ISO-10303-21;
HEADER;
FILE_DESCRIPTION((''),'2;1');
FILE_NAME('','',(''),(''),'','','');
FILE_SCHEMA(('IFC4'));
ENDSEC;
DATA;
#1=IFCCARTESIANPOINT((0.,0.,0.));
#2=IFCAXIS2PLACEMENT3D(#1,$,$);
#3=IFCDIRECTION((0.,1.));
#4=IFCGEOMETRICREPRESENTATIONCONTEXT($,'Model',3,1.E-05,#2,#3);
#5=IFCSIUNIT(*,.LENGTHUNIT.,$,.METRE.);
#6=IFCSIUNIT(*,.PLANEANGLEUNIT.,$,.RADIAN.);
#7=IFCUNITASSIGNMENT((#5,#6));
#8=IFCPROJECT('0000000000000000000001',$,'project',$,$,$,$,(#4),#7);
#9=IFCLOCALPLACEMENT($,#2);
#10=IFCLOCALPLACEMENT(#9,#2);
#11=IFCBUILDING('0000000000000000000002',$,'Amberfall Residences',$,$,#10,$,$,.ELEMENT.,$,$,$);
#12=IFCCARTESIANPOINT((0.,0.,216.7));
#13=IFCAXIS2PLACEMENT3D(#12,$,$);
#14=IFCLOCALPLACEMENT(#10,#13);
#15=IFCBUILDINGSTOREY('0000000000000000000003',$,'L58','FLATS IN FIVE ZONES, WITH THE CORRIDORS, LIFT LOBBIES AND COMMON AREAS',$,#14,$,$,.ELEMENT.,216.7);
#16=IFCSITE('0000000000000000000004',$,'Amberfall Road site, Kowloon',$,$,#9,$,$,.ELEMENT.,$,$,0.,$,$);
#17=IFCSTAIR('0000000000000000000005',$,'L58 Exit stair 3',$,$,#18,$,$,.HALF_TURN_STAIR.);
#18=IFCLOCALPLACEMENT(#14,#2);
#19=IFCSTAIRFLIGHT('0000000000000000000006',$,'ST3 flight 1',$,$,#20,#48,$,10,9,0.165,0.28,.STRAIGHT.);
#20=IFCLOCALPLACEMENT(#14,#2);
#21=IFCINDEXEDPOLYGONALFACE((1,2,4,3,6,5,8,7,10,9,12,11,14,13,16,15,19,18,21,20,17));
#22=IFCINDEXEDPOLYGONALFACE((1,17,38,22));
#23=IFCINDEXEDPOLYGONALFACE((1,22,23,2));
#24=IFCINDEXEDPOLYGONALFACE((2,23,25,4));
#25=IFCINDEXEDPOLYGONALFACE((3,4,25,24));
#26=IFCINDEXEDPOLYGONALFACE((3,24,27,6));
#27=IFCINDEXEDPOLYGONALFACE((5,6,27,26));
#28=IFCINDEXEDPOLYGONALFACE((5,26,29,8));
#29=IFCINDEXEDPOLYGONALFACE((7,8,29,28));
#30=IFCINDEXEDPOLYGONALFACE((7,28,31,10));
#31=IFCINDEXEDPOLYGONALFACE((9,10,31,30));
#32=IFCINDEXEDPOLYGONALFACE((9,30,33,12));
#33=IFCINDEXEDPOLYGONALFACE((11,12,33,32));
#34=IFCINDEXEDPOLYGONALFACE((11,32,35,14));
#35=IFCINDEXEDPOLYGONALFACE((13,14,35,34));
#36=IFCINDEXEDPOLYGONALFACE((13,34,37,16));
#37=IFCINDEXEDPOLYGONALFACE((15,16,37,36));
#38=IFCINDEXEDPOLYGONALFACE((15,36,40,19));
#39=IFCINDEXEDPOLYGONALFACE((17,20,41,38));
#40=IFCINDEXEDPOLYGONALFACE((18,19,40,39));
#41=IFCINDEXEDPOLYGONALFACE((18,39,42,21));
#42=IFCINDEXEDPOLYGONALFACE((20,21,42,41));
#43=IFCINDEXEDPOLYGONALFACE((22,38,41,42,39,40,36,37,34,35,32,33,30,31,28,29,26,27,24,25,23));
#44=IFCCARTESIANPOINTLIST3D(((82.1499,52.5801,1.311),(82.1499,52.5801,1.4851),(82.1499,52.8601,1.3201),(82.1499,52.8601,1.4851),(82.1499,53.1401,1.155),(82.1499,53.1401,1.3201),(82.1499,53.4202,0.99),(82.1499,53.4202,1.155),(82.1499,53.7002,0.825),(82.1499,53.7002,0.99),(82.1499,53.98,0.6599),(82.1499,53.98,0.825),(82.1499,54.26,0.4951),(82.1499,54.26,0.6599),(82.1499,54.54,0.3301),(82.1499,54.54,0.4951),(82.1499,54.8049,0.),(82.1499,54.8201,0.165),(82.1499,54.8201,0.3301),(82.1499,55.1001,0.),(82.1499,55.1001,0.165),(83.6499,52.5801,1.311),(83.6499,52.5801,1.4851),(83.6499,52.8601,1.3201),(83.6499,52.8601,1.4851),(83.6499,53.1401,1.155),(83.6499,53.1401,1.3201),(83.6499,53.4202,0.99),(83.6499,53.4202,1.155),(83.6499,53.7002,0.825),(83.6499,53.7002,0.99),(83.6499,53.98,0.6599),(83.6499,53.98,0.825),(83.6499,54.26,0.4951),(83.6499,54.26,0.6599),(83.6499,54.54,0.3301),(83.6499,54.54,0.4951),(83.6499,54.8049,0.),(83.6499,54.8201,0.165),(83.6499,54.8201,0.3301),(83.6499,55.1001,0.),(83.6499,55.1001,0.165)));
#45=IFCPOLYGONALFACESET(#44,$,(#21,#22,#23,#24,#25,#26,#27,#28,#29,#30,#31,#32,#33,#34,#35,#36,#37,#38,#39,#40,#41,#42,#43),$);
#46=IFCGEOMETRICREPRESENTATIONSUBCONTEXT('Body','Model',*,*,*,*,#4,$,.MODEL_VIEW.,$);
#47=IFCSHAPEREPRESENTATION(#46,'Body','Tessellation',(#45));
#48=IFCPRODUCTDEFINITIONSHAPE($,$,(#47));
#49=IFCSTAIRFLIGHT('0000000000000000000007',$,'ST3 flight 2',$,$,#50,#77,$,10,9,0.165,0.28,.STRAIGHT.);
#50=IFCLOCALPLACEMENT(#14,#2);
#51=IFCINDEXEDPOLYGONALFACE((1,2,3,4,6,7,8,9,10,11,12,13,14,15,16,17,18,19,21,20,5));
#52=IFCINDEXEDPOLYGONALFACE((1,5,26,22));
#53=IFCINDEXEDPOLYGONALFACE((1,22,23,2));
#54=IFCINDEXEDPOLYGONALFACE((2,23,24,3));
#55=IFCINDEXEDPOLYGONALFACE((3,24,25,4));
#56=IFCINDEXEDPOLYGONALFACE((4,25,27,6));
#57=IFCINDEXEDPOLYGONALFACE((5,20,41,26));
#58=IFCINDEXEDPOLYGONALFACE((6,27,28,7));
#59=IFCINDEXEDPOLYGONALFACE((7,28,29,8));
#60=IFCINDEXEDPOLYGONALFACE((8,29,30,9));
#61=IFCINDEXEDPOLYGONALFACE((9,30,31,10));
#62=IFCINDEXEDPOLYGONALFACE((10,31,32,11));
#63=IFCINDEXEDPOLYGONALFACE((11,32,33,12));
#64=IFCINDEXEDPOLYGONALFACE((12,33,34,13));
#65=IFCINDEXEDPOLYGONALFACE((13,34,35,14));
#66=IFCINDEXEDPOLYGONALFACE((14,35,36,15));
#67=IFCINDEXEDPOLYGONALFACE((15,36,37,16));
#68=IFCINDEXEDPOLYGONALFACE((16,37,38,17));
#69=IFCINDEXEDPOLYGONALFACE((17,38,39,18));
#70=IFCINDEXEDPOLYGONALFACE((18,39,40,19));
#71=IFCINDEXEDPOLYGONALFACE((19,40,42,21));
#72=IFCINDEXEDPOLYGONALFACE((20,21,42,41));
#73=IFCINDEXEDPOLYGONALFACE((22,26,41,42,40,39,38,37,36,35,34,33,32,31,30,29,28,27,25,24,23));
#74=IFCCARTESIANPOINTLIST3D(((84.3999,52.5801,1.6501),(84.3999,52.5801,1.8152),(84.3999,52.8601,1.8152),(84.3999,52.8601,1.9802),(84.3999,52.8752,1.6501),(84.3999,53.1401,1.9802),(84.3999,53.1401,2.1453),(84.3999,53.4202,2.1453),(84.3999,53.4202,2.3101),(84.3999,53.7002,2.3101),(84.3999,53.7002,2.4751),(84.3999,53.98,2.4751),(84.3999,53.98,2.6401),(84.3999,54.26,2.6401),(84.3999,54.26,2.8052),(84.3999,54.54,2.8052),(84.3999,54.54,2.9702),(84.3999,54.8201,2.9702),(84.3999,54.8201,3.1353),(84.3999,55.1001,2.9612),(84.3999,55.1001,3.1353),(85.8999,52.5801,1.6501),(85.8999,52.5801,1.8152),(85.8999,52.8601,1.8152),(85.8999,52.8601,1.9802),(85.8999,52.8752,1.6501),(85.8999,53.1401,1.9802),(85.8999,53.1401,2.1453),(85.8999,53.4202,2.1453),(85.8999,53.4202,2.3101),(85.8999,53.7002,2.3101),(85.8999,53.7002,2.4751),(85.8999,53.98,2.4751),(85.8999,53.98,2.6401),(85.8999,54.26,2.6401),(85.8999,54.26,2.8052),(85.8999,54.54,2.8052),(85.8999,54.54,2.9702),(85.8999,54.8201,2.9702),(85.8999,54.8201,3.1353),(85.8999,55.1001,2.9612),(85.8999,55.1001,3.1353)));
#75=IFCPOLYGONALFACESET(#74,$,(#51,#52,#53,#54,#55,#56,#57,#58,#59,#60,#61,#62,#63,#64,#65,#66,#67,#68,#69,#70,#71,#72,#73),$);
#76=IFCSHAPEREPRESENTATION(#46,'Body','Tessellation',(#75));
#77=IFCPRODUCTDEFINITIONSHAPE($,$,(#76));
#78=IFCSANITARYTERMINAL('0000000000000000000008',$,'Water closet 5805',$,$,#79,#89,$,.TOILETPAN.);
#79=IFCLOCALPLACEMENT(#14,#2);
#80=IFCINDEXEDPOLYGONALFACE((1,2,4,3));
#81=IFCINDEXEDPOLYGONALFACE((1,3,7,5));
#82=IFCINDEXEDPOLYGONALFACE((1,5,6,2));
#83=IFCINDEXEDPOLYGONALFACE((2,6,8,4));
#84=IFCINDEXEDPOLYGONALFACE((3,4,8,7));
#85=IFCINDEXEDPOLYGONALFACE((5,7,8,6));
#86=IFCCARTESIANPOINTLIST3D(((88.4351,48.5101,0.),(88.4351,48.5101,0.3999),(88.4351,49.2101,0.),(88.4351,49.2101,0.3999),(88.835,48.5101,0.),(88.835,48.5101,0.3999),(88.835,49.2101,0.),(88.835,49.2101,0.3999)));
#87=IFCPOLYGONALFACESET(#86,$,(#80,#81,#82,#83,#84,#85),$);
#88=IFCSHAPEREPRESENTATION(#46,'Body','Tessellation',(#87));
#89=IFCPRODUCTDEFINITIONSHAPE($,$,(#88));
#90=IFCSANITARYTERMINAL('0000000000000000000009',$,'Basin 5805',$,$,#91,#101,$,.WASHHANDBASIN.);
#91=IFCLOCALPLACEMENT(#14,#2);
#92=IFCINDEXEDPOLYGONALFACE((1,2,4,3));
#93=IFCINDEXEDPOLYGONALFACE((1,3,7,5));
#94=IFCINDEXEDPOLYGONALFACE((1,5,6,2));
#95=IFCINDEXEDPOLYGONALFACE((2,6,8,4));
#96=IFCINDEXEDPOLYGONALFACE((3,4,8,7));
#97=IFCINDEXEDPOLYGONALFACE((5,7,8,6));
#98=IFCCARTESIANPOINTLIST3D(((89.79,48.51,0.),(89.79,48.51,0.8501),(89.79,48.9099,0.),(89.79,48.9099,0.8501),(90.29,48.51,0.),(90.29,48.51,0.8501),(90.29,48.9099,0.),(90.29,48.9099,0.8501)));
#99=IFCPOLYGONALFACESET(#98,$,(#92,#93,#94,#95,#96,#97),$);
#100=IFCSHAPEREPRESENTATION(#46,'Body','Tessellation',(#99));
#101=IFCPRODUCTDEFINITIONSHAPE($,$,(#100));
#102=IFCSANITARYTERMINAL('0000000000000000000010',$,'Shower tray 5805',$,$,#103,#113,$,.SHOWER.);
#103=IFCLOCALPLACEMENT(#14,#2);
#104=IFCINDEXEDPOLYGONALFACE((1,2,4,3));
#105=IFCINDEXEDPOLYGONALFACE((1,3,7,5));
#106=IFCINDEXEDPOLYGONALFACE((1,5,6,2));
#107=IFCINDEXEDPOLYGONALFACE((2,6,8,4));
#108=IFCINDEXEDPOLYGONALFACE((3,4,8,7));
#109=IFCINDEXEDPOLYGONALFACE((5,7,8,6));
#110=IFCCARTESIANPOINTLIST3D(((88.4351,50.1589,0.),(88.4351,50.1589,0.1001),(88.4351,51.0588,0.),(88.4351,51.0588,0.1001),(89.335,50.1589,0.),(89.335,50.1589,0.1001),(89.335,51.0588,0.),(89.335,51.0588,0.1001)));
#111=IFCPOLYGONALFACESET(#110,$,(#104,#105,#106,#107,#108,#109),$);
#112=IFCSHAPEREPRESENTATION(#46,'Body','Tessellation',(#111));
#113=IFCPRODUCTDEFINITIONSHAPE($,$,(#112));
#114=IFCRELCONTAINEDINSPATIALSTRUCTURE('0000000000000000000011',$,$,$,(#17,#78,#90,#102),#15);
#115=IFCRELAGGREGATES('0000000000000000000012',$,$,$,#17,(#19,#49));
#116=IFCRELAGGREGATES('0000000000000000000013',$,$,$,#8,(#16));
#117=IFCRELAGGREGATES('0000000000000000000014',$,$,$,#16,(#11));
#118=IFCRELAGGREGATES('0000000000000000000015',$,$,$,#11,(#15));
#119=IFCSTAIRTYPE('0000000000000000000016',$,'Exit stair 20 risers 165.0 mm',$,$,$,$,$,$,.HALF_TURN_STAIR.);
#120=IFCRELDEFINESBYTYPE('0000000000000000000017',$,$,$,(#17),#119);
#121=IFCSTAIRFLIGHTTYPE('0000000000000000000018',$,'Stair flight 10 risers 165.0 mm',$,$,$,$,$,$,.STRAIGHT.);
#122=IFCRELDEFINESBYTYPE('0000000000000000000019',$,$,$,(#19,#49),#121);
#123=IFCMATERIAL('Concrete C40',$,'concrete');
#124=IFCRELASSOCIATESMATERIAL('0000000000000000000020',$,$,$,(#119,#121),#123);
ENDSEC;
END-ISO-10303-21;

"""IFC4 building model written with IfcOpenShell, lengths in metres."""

from ifc_helpers import new_model, si_unit, direction, frame, origin, origin_2d, place, context, subcontext, project, spatial, polyline, rectangle, outline, extrude, material, type_object, element, aggregate, save


model = new_model("IFC4")

# Units and contexts
model_context = context("Model", 3, precision=1e-05, world=origin(), true_north=direction((0.0, 1.0)))
body_context = subcontext(model_context, "Body", "Model", "MODEL_VIEW")
ifc_project = project(units=[si_unit("LENGTHUNIT", "METRE"), si_unit("PLANEANGLEUNIT", "RADIAN")], contexts=[model_context])

# Site, building, storey
site_placement = place(None, origin())
site = spatial("IfcSite", under=ifc_project, at=site_placement, Name="Amberfall Road site, Kowloon", CompositionType="ELEMENT", RefElevation=0.0)
building_placement = place(site_placement, origin())
building = spatial("IfcBuilding", under=site, at=building_placement, Name="Amberfall Residences", CompositionType="ELEMENT")
storey_placement = place(building_placement, frame((0.0, 0.0, 216.7)))
storey = spatial("IfcBuildingStorey", under=building, at=storey_placement, Name="L58", Description="FLATS IN FIVE ZONES, WITH THE CORRIDORS, LIFT LOBBIES AND COMMON AREAS", CompositionType="ELEMENT", Elevation=216.7)

# Stair, stair flights
ifc_material_1 = material(Name="Concrete C40", Category="concrete")
stair_type = type_object("IfcStairType", Name="Exit stair 20 risers 165.0 mm", PredefinedType="HALF_TURN_STAIR", material=ifc_material_1)
stair_placement = place(storey_placement, origin())
stair = element("IfcStair", 1, at=stair_placement, inside=storey, type_object=stair_type, Name="L58 Exit stair 3", PredefinedType="HALF_TURN_STAIR")
stair_flight_type = type_object("IfcStairFlightType", Name="Stair flight 10 risers 165.0 mm", PredefinedType="STRAIGHT", material=ifc_material_1)
stair_flight_1_placement = place(storey_placement, frame((82.8999, 55.1001, 0.0), z_axis=(0.0, 0.0, 1.0), x_axis=(0.0, -1.0, 0.0)))
stair_flight_1 = element("IfcStairFlight", 2, at=stair_flight_1_placement, type_object=stair_flight_type, Name="ST3 flight 1", NumberOfRisers=10, NumberOfTreads=9, PredefinedType="STRAIGHT", RiserHeight=0.165, TreadLength=0.28, context=body_context, shape_type="SweptSolid", body=[
    extrude(outline(polyline([(0.0, 0.0), (0.0, 0.165), (0.28, 0.165), (0.28, 0.3301), (0.5601, 0.3301), (0.5601, 0.4951), (0.8401, 0.4951), (0.8401, 0.6599), (1.1201, 0.6599), (1.1201, 0.825), (1.3999, 0.825), (1.3999, 0.99), (1.6799, 0.99), (1.6799, 1.155), (1.96, 1.155), (1.96, 1.3201), (2.24, 1.3201), (2.24, 1.4851), (2.52, 1.4851), (2.52, 1.6499), (2.52, 1.311), (0.2952, 0.0), (0.0, 0.0)])), frame((0.0, 0.75, 0.0), z_axis=(0.0, -1.0, 0.0), x_axis=(1.0, 0.0, 0.0)), (0.0, 0.0, 1.0), 1.5),
])
stair_flight_2_placement = place(storey_placement, frame((85.1499, 52.5801, 1.6501), z_axis=(0.0, 0.0, 1.0), x_axis=(0.0, 1.0, 0.0)))
stair_flight_2 = element("IfcStairFlight", 3, at=stair_flight_2_placement, type_object=stair_flight_type, Name="ST3 flight 2", NumberOfRisers=10, NumberOfTreads=9, PredefinedType="STRAIGHT", RiserHeight=0.165, TreadLength=0.28, context=body_context, shape_type="SweptSolid", body=[
    extrude(outline(polyline([(0.0, 0.0), (0.0, 0.165), (0.28, 0.165), (0.28, 0.3301), (0.5601, 0.3301), (0.5601, 0.4951), (0.8401, 0.4951), (0.8401, 0.6599), (1.1201, 0.6599), (1.1201, 0.825), (1.3999, 0.825), (1.3999, 0.99), (1.6799, 0.99), (1.6799, 1.155), (1.96, 1.155), (1.96, 1.3201), (2.24, 1.3201), (2.24, 1.4851), (2.52, 1.4851), (2.52, 1.6499), (2.52, 1.311), (0.2952, 0.0), (0.0, 0.0)])), frame((0.0, 0.75, 0.0), z_axis=(0.0, -1.0, 0.0), x_axis=(1.0, 0.0, 0.0)), (0.0, 0.0, 1.0), 1.5),
])
aggregate(stair, [stair_flight_1, stair_flight_2])

# Sanitary terminals
sanitary_terminal_1_placement = place(storey_placement, frame((88.635, 48.8601, 0.0), z_axis=(0.0, 0.0, 1.0), x_axis=(1.0, 0.0, 0.0)))
element("IfcSanitaryTerminal", 4, at=sanitary_terminal_1_placement, inside=storey, Name="Water closet 5805", PredefinedType="TOILETPAN", context=body_context, shape_type="SweptSolid", body=[
    extrude(rectangle(XDim=0.3999, YDim=0.7, at=origin_2d()), origin(), (0.0, 0.0, 1.0), 0.3999),
])
sanitary_terminal_2_placement = place(storey_placement, frame((90.04, 48.71, 0.0), z_axis=(0.0, 0.0, 1.0), x_axis=(1.0, 0.0, 0.0)))
element("IfcSanitaryTerminal", 5, at=sanitary_terminal_2_placement, inside=storey, Name="Basin 5805", PredefinedType="WASHHANDBASIN", context=body_context, shape_type="SweptSolid", body=[
    extrude(rectangle(XDim=0.5, YDim=0.3999, at=origin_2d()), origin(), (0.0, 0.0, 1.0), 0.8501),
])
sanitary_terminal_3_placement = place(storey_placement, frame((88.885, 50.6089, 0.0), z_axis=(0.0, 0.0, 1.0), x_axis=(1.0, 0.0, 0.0)))
element("IfcSanitaryTerminal", 6, at=sanitary_terminal_3_placement, inside=storey, Name="Shower tray 5805", PredefinedType="SHOWER", context=body_context, shape_type="SweptSolid", body=[
    extrude(rectangle(XDim=0.8999, YDim=0.8999, at=origin_2d()), origin(), (0.0, 0.0, 1.0), 0.1001),
])

save(model, "model.ifc")
